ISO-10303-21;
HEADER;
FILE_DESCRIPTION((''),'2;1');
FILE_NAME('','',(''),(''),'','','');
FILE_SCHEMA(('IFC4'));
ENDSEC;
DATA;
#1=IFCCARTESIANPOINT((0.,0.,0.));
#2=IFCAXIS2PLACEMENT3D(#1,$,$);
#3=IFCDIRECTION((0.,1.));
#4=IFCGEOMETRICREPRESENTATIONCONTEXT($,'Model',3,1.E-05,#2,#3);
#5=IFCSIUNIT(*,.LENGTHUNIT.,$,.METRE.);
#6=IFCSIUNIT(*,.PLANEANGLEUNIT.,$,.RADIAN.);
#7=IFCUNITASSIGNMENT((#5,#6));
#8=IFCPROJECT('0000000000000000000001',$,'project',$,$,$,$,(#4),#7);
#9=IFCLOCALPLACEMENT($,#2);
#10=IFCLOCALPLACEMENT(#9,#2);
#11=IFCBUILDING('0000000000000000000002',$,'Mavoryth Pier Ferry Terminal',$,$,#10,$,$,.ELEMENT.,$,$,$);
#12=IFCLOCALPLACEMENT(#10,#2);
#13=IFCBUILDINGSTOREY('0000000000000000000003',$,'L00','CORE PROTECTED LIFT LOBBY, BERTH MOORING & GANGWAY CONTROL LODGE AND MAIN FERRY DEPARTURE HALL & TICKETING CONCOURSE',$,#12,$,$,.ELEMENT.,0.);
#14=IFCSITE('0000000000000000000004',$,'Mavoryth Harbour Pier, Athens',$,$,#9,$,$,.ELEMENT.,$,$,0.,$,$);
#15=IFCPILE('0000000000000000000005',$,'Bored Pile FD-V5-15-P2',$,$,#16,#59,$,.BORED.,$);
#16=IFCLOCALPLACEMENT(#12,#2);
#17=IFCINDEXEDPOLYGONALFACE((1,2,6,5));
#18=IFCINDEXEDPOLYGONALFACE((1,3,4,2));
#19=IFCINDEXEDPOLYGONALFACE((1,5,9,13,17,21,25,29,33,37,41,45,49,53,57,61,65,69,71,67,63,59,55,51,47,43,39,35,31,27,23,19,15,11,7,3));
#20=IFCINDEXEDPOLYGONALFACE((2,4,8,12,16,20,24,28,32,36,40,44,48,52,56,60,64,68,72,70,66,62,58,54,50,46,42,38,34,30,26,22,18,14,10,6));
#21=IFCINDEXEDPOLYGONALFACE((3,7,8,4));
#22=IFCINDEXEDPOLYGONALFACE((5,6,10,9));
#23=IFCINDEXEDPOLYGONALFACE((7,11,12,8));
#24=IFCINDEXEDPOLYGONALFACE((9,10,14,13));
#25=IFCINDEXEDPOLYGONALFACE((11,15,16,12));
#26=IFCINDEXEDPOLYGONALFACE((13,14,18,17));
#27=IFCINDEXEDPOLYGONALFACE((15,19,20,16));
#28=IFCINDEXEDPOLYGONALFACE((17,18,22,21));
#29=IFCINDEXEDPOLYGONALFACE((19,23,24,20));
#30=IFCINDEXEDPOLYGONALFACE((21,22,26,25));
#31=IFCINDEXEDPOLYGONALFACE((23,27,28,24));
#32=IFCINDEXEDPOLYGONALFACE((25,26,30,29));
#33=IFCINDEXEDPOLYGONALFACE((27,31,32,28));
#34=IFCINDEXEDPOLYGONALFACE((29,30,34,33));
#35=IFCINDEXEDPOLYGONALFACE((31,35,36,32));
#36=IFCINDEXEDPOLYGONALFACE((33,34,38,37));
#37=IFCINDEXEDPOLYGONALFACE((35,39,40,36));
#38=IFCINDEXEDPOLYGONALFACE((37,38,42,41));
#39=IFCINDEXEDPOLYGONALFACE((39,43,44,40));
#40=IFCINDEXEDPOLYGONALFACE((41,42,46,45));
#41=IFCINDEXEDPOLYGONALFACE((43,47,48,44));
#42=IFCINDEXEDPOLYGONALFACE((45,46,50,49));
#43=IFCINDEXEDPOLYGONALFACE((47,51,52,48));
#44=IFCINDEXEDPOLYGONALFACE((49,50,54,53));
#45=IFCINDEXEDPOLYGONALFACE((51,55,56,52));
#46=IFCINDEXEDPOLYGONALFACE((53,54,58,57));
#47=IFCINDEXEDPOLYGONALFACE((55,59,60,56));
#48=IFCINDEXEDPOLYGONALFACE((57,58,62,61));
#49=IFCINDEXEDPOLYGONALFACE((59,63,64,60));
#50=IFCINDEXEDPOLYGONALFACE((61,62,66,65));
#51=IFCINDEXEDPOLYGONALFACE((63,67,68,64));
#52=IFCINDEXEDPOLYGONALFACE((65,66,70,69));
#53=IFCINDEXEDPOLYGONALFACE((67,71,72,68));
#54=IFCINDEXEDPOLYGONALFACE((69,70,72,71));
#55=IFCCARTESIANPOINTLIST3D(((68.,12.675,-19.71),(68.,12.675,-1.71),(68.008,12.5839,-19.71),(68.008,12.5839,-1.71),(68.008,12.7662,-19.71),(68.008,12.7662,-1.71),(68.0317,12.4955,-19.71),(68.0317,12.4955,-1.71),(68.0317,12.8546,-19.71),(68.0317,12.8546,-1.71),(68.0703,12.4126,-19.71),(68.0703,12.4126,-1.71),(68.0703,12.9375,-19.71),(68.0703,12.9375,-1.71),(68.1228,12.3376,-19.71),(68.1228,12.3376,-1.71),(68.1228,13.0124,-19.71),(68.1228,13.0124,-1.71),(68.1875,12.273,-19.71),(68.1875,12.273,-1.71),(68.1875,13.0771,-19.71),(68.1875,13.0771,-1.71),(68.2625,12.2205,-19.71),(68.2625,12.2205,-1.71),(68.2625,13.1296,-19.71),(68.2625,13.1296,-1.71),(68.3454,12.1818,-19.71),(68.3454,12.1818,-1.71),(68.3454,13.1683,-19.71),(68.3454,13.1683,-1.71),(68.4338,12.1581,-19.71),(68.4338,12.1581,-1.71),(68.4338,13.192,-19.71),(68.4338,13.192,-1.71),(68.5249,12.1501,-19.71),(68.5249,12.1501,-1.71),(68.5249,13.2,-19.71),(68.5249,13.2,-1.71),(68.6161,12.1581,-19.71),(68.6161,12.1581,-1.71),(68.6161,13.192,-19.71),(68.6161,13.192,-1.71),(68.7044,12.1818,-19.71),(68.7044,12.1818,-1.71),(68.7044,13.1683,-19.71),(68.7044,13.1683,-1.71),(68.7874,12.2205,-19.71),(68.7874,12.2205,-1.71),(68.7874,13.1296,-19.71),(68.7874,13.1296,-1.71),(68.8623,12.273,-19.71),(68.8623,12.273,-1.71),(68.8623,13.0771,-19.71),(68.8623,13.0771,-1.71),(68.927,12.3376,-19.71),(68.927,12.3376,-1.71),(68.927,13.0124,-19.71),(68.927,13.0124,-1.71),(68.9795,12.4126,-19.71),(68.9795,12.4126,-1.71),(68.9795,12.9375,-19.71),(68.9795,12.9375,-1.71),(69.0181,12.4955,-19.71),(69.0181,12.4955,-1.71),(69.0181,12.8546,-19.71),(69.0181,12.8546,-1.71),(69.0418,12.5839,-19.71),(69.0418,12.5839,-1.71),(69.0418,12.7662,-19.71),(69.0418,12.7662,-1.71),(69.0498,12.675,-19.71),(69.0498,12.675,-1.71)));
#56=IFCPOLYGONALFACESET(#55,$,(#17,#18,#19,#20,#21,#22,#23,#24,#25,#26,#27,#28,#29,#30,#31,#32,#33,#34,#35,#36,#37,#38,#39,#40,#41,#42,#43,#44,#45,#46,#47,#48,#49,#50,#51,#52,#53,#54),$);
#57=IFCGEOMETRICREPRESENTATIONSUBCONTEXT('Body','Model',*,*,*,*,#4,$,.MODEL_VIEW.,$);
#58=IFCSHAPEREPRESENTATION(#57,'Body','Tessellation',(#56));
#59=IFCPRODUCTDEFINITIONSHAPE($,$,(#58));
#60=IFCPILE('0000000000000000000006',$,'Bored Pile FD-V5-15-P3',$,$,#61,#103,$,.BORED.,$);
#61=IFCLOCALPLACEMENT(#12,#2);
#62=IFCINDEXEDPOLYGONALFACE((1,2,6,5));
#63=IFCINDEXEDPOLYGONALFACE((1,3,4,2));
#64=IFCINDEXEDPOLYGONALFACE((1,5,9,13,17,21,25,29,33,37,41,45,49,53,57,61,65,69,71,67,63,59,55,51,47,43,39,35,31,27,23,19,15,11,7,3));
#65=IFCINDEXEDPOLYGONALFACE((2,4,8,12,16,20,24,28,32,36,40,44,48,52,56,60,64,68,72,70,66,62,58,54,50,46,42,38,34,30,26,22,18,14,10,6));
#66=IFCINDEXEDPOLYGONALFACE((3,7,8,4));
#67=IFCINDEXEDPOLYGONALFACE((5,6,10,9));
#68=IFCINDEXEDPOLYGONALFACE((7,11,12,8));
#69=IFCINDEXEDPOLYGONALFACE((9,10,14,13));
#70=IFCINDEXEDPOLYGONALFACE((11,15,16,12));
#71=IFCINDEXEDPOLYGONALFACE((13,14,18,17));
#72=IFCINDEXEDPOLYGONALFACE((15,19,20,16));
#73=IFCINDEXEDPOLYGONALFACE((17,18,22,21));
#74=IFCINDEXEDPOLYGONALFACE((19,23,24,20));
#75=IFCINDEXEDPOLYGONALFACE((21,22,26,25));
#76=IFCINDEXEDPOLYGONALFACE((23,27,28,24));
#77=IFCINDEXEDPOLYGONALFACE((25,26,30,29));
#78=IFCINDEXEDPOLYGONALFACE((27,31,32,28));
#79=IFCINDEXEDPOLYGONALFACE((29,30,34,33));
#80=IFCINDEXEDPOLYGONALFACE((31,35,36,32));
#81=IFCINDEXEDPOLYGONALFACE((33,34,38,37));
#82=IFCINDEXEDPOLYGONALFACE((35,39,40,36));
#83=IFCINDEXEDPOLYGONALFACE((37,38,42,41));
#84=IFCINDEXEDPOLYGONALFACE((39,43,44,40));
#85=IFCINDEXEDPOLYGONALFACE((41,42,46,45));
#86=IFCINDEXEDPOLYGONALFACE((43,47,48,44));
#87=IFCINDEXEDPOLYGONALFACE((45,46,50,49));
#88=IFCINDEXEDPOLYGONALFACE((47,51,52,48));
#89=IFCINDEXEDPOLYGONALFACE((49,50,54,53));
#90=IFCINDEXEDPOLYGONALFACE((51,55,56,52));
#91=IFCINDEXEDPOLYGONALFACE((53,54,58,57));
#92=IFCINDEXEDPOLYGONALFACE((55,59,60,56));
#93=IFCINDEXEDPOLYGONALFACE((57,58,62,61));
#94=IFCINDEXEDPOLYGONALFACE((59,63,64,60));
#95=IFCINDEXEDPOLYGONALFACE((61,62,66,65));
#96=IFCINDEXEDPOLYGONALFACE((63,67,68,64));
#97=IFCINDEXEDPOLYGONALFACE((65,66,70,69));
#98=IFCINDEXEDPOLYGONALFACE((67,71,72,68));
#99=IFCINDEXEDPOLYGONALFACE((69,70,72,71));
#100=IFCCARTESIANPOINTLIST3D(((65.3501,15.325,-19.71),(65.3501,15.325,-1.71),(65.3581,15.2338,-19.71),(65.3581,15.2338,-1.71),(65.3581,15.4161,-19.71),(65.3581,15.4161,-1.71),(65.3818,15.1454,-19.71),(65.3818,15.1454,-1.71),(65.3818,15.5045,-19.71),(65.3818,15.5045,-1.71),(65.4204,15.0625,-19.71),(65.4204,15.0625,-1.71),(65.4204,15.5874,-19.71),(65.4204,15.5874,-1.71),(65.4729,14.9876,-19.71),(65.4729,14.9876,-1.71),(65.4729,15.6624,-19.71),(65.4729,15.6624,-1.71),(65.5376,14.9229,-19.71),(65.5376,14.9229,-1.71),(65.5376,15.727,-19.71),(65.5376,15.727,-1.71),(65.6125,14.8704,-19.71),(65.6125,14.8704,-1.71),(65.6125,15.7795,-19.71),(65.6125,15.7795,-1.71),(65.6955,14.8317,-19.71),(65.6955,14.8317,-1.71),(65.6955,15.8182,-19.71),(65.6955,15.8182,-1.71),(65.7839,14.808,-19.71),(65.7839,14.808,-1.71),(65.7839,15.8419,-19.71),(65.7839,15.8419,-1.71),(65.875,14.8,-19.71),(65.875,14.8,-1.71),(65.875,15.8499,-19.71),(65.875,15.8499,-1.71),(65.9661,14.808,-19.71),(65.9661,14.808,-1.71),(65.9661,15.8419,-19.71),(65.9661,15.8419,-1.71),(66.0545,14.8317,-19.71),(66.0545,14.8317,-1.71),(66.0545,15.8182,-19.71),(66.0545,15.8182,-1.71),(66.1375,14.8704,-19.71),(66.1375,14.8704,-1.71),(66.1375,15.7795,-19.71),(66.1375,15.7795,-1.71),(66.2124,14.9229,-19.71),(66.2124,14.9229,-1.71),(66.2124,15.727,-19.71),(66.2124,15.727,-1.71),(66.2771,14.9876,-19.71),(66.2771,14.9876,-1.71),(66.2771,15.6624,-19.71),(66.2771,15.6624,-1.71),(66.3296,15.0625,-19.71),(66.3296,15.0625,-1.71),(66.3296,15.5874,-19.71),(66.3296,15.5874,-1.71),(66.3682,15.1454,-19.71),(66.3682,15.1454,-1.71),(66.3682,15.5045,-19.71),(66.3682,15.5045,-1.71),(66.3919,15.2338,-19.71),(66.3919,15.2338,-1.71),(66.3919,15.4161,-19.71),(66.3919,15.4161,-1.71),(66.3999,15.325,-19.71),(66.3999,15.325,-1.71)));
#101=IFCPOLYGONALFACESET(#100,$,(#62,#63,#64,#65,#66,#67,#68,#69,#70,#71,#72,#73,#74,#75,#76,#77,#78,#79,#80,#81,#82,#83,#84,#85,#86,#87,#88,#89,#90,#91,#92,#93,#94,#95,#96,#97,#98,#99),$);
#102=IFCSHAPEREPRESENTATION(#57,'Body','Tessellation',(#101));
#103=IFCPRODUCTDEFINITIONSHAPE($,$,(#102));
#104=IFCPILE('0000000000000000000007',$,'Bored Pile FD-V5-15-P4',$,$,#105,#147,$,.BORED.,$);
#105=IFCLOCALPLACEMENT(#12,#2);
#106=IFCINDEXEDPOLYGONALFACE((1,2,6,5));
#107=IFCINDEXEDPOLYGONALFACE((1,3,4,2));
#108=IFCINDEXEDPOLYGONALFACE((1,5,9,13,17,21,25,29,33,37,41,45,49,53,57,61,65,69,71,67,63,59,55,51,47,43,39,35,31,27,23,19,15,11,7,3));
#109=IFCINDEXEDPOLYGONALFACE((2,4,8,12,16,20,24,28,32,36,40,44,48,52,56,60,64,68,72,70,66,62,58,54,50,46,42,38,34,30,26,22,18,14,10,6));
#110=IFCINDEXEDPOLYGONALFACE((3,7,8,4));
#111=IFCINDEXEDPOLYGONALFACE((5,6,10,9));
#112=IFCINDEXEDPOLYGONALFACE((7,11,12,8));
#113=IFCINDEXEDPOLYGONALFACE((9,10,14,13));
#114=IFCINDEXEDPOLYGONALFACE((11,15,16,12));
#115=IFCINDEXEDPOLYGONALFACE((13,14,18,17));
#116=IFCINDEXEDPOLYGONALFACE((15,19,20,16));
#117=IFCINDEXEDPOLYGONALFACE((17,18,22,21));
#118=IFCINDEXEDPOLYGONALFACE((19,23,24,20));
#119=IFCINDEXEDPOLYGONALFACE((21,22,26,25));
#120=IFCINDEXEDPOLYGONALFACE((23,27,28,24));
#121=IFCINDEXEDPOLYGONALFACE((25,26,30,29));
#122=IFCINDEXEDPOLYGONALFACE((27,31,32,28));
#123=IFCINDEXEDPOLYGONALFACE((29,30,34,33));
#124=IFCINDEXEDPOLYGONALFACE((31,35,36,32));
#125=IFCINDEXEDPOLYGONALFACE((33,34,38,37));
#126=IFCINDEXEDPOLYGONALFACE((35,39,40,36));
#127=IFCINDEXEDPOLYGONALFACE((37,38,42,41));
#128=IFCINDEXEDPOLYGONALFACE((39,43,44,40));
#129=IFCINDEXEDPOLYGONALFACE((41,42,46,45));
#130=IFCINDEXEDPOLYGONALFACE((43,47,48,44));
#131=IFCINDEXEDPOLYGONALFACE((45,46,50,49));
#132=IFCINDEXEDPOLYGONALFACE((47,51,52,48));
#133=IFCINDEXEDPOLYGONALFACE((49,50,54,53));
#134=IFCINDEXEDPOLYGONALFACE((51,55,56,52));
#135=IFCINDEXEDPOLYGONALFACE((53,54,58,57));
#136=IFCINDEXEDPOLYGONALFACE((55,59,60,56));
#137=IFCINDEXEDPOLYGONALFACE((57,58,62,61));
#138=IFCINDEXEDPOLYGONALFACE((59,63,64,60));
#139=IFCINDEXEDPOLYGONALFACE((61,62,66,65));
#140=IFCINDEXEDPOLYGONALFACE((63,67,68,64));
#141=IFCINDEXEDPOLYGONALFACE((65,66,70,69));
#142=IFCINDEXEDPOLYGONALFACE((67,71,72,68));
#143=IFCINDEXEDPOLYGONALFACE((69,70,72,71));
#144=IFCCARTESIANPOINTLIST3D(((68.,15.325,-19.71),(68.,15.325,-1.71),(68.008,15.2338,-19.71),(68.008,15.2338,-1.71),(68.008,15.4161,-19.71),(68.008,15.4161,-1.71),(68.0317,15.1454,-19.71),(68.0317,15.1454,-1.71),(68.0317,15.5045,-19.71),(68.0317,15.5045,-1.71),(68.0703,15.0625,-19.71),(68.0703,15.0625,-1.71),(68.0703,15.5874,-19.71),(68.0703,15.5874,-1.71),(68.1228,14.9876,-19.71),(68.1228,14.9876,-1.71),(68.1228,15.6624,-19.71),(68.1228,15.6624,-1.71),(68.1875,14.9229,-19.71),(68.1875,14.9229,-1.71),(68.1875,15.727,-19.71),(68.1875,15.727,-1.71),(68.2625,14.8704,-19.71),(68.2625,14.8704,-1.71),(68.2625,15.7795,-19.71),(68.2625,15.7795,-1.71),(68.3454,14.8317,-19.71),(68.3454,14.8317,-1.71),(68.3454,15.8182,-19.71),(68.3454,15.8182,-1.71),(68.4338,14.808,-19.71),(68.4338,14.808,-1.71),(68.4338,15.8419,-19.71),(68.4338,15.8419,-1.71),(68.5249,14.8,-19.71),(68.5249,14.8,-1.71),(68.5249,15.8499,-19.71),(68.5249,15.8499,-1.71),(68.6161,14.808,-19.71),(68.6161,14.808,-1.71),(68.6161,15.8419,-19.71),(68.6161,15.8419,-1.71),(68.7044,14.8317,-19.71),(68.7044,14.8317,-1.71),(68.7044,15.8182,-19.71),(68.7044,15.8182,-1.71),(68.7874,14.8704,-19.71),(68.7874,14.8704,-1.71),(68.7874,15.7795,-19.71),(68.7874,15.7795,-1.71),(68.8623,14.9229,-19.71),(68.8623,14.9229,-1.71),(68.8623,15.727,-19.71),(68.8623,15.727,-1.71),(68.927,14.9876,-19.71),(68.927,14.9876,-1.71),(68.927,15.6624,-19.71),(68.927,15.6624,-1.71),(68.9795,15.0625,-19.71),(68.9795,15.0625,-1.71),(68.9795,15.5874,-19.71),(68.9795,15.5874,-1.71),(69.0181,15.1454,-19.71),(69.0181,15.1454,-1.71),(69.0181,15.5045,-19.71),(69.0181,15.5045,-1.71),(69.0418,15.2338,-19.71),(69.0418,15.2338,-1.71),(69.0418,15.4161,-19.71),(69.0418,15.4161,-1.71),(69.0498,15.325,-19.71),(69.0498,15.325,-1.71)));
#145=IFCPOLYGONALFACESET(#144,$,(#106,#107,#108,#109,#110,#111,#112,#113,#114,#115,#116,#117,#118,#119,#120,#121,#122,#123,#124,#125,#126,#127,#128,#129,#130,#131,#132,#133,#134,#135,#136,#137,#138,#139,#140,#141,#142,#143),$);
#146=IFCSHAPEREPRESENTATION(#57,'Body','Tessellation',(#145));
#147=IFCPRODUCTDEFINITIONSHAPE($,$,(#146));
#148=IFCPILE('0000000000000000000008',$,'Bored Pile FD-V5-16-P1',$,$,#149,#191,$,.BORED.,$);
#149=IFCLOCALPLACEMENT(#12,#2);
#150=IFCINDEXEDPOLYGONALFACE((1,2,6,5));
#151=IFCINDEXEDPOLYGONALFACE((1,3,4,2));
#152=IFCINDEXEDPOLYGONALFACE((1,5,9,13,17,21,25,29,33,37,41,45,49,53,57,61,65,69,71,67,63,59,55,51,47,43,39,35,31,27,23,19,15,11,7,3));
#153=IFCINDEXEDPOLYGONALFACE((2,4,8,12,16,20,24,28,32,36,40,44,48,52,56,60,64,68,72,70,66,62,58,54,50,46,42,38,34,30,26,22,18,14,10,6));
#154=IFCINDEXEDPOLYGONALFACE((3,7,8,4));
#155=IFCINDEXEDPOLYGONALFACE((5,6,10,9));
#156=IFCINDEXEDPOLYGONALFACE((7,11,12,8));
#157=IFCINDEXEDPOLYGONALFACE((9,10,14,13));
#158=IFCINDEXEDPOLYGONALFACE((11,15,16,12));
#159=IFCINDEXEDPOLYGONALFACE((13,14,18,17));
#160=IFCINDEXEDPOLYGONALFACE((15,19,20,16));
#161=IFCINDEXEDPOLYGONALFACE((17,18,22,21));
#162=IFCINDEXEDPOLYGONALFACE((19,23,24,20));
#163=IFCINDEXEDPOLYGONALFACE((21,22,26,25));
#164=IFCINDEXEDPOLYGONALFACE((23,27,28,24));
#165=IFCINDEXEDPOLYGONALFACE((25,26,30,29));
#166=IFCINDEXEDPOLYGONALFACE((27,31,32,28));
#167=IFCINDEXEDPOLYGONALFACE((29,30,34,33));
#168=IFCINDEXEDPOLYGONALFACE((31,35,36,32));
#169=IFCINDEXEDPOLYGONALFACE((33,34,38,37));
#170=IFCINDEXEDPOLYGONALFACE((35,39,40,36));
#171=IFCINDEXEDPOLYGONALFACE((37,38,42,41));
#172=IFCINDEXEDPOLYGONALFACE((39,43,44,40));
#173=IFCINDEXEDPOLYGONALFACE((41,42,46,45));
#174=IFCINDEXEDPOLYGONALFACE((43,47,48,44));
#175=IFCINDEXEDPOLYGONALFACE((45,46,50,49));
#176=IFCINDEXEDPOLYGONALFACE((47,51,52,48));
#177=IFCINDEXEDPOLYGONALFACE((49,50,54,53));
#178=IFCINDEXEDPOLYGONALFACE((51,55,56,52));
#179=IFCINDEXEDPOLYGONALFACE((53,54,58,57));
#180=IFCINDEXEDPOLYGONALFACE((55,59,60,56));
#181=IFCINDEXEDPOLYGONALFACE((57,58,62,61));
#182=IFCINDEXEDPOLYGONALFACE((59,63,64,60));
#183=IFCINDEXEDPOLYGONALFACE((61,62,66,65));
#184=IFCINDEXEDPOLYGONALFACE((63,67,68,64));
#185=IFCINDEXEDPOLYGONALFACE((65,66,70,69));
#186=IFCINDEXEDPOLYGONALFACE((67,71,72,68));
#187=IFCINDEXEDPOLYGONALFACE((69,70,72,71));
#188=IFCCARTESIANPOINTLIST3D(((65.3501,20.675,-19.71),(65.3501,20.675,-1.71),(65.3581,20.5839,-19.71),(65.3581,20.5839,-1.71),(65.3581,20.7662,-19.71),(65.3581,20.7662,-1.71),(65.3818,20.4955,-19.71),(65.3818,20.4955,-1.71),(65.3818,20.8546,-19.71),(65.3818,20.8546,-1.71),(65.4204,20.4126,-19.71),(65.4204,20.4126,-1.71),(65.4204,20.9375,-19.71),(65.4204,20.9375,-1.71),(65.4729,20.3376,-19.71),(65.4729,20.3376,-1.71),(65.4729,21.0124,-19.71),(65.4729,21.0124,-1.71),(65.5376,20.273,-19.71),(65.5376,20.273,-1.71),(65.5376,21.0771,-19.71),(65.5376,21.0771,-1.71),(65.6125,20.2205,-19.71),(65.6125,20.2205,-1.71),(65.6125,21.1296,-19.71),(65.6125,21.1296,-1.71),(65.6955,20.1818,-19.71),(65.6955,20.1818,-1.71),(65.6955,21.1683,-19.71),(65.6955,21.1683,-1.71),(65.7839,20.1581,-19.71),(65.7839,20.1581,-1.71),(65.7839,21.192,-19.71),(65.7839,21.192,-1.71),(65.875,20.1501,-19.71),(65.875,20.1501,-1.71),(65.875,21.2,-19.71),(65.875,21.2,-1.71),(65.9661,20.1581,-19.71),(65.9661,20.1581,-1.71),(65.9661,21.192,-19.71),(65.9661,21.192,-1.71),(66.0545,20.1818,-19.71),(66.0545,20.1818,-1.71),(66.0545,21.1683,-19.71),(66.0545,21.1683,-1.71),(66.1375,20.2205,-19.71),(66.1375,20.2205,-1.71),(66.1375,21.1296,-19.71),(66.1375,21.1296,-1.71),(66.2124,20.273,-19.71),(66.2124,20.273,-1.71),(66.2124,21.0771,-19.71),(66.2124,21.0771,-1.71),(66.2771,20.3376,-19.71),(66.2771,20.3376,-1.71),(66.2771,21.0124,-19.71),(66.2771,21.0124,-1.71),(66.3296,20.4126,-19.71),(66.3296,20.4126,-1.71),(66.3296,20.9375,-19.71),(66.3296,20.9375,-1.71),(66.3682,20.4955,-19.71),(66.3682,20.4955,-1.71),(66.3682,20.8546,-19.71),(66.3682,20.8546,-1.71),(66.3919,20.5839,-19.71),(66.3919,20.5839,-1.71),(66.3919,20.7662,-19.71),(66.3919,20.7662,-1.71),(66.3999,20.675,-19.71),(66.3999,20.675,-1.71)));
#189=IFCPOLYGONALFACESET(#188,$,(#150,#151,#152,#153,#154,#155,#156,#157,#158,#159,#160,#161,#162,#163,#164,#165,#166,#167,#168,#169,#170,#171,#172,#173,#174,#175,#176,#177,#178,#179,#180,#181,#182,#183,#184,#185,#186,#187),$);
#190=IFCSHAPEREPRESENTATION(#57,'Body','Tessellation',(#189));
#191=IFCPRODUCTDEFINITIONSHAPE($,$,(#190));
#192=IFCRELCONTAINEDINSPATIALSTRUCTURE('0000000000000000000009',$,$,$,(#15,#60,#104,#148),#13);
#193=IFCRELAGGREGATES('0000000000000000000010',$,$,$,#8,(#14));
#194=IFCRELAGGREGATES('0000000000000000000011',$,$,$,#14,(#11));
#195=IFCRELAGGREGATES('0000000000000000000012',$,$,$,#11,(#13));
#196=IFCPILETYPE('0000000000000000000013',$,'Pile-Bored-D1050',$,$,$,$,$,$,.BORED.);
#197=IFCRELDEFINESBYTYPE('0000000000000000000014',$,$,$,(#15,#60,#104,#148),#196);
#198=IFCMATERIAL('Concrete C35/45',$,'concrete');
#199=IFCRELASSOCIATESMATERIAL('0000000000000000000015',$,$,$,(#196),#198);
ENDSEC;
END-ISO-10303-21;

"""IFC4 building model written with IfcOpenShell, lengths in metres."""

from ifc_helpers import new_model, si_unit, direction, frame, origin, origin_2d, place, context, subcontext, project, spatial, circle, extrude, material, material_profile, profile_set, type_object, element, save


model = new_model("IFC4")

# Units and contexts
model_context = context("Model", 3, precision=1e-05, world=origin(), true_north=direction((0.0, 1.0)))
body_context = subcontext(model_context, "Body", "Model", "MODEL_VIEW")
ifc_project = project(units=[si_unit("LENGTHUNIT", "METRE"), si_unit("PLANEANGLEUNIT", "RADIAN")], contexts=[model_context])

# Site, building, storey
site_placement = place(None, origin())
site = spatial("IfcSite", under=ifc_project, at=site_placement, Name="Mavoryth Harbour Pier, Athens", CompositionType="ELEMENT", RefElevation=0.0)
building_placement = place(site_placement, origin())
building = spatial("IfcBuilding", under=site, at=building_placement, Name="Mavoryth Pier Ferry Terminal", CompositionType="ELEMENT")
storey_placement = place(building_placement, origin())
storey = spatial("IfcBuildingStorey", under=building, at=storey_placement, Name="L00", Description="CORE PROTECTED LIFT LOBBY, BERTH MOORING & GANGWAY CONTROL LODGE AND MAIN FERRY DEPARTURE HALL & TICKETING CONCOURSE", CompositionType="ELEMENT", Elevation=0.0)

# Shared definitions
ifc_material_1 = material(Name="Concrete C35/45", Category="concrete")

# Piles
ifc_material_profile_1 = material_profile(ifc_material_1, circle(Radius=0.5249, at=origin_2d()), Name="PILE D1050", Category="concrete")
ifc_profile_set_1 = profile_set([ifc_material_profile_1], Name="Concrete C35/45 - PILE D1050")
pile_type = type_object("IfcPileType", Name="Pile-Bored-D1050", PredefinedType="BORED", material=ifc_profile_set_1)
for number, where, z_axis, x_axis, name in (
    (1, (68.5249, 12.675, -1.71), (0.0, 0.0, -1.0), (1.0, 0.0, 0.0), "Bored Pile FD-V5-15-P2"),
    (2, (65.875, 15.325, -1.71), (0.0, 0.0, -1.0), (1.0, 0.0, 0.0), "Bored Pile FD-V5-15-P3"),
    (3, (68.5249, 15.325, -1.71), (0.0, 0.0, -1.0), (1.0, 0.0, 0.0), "Bored Pile FD-V5-15-P4"),
    (4, (65.875, 20.675, -1.71), (0.0, 0.0, -1.0), (1.0, 0.0, 0.0), "Bored Pile FD-V5-16-P1"),
):
    element("IfcPile", number, at=place(storey_placement, frame(where, z_axis=z_axis, x_axis=x_axis)), inside=storey, type_object=pile_type, Name=name, PredefinedType="BORED", context=body_context, shape_type="SweptSolid", body=[
        extrude(circle(Radius=0.5249, at=origin_2d()), origin(), (0.0, 0.0, 1.0), 18.0),
    ])

save(model, "model.ifc")
